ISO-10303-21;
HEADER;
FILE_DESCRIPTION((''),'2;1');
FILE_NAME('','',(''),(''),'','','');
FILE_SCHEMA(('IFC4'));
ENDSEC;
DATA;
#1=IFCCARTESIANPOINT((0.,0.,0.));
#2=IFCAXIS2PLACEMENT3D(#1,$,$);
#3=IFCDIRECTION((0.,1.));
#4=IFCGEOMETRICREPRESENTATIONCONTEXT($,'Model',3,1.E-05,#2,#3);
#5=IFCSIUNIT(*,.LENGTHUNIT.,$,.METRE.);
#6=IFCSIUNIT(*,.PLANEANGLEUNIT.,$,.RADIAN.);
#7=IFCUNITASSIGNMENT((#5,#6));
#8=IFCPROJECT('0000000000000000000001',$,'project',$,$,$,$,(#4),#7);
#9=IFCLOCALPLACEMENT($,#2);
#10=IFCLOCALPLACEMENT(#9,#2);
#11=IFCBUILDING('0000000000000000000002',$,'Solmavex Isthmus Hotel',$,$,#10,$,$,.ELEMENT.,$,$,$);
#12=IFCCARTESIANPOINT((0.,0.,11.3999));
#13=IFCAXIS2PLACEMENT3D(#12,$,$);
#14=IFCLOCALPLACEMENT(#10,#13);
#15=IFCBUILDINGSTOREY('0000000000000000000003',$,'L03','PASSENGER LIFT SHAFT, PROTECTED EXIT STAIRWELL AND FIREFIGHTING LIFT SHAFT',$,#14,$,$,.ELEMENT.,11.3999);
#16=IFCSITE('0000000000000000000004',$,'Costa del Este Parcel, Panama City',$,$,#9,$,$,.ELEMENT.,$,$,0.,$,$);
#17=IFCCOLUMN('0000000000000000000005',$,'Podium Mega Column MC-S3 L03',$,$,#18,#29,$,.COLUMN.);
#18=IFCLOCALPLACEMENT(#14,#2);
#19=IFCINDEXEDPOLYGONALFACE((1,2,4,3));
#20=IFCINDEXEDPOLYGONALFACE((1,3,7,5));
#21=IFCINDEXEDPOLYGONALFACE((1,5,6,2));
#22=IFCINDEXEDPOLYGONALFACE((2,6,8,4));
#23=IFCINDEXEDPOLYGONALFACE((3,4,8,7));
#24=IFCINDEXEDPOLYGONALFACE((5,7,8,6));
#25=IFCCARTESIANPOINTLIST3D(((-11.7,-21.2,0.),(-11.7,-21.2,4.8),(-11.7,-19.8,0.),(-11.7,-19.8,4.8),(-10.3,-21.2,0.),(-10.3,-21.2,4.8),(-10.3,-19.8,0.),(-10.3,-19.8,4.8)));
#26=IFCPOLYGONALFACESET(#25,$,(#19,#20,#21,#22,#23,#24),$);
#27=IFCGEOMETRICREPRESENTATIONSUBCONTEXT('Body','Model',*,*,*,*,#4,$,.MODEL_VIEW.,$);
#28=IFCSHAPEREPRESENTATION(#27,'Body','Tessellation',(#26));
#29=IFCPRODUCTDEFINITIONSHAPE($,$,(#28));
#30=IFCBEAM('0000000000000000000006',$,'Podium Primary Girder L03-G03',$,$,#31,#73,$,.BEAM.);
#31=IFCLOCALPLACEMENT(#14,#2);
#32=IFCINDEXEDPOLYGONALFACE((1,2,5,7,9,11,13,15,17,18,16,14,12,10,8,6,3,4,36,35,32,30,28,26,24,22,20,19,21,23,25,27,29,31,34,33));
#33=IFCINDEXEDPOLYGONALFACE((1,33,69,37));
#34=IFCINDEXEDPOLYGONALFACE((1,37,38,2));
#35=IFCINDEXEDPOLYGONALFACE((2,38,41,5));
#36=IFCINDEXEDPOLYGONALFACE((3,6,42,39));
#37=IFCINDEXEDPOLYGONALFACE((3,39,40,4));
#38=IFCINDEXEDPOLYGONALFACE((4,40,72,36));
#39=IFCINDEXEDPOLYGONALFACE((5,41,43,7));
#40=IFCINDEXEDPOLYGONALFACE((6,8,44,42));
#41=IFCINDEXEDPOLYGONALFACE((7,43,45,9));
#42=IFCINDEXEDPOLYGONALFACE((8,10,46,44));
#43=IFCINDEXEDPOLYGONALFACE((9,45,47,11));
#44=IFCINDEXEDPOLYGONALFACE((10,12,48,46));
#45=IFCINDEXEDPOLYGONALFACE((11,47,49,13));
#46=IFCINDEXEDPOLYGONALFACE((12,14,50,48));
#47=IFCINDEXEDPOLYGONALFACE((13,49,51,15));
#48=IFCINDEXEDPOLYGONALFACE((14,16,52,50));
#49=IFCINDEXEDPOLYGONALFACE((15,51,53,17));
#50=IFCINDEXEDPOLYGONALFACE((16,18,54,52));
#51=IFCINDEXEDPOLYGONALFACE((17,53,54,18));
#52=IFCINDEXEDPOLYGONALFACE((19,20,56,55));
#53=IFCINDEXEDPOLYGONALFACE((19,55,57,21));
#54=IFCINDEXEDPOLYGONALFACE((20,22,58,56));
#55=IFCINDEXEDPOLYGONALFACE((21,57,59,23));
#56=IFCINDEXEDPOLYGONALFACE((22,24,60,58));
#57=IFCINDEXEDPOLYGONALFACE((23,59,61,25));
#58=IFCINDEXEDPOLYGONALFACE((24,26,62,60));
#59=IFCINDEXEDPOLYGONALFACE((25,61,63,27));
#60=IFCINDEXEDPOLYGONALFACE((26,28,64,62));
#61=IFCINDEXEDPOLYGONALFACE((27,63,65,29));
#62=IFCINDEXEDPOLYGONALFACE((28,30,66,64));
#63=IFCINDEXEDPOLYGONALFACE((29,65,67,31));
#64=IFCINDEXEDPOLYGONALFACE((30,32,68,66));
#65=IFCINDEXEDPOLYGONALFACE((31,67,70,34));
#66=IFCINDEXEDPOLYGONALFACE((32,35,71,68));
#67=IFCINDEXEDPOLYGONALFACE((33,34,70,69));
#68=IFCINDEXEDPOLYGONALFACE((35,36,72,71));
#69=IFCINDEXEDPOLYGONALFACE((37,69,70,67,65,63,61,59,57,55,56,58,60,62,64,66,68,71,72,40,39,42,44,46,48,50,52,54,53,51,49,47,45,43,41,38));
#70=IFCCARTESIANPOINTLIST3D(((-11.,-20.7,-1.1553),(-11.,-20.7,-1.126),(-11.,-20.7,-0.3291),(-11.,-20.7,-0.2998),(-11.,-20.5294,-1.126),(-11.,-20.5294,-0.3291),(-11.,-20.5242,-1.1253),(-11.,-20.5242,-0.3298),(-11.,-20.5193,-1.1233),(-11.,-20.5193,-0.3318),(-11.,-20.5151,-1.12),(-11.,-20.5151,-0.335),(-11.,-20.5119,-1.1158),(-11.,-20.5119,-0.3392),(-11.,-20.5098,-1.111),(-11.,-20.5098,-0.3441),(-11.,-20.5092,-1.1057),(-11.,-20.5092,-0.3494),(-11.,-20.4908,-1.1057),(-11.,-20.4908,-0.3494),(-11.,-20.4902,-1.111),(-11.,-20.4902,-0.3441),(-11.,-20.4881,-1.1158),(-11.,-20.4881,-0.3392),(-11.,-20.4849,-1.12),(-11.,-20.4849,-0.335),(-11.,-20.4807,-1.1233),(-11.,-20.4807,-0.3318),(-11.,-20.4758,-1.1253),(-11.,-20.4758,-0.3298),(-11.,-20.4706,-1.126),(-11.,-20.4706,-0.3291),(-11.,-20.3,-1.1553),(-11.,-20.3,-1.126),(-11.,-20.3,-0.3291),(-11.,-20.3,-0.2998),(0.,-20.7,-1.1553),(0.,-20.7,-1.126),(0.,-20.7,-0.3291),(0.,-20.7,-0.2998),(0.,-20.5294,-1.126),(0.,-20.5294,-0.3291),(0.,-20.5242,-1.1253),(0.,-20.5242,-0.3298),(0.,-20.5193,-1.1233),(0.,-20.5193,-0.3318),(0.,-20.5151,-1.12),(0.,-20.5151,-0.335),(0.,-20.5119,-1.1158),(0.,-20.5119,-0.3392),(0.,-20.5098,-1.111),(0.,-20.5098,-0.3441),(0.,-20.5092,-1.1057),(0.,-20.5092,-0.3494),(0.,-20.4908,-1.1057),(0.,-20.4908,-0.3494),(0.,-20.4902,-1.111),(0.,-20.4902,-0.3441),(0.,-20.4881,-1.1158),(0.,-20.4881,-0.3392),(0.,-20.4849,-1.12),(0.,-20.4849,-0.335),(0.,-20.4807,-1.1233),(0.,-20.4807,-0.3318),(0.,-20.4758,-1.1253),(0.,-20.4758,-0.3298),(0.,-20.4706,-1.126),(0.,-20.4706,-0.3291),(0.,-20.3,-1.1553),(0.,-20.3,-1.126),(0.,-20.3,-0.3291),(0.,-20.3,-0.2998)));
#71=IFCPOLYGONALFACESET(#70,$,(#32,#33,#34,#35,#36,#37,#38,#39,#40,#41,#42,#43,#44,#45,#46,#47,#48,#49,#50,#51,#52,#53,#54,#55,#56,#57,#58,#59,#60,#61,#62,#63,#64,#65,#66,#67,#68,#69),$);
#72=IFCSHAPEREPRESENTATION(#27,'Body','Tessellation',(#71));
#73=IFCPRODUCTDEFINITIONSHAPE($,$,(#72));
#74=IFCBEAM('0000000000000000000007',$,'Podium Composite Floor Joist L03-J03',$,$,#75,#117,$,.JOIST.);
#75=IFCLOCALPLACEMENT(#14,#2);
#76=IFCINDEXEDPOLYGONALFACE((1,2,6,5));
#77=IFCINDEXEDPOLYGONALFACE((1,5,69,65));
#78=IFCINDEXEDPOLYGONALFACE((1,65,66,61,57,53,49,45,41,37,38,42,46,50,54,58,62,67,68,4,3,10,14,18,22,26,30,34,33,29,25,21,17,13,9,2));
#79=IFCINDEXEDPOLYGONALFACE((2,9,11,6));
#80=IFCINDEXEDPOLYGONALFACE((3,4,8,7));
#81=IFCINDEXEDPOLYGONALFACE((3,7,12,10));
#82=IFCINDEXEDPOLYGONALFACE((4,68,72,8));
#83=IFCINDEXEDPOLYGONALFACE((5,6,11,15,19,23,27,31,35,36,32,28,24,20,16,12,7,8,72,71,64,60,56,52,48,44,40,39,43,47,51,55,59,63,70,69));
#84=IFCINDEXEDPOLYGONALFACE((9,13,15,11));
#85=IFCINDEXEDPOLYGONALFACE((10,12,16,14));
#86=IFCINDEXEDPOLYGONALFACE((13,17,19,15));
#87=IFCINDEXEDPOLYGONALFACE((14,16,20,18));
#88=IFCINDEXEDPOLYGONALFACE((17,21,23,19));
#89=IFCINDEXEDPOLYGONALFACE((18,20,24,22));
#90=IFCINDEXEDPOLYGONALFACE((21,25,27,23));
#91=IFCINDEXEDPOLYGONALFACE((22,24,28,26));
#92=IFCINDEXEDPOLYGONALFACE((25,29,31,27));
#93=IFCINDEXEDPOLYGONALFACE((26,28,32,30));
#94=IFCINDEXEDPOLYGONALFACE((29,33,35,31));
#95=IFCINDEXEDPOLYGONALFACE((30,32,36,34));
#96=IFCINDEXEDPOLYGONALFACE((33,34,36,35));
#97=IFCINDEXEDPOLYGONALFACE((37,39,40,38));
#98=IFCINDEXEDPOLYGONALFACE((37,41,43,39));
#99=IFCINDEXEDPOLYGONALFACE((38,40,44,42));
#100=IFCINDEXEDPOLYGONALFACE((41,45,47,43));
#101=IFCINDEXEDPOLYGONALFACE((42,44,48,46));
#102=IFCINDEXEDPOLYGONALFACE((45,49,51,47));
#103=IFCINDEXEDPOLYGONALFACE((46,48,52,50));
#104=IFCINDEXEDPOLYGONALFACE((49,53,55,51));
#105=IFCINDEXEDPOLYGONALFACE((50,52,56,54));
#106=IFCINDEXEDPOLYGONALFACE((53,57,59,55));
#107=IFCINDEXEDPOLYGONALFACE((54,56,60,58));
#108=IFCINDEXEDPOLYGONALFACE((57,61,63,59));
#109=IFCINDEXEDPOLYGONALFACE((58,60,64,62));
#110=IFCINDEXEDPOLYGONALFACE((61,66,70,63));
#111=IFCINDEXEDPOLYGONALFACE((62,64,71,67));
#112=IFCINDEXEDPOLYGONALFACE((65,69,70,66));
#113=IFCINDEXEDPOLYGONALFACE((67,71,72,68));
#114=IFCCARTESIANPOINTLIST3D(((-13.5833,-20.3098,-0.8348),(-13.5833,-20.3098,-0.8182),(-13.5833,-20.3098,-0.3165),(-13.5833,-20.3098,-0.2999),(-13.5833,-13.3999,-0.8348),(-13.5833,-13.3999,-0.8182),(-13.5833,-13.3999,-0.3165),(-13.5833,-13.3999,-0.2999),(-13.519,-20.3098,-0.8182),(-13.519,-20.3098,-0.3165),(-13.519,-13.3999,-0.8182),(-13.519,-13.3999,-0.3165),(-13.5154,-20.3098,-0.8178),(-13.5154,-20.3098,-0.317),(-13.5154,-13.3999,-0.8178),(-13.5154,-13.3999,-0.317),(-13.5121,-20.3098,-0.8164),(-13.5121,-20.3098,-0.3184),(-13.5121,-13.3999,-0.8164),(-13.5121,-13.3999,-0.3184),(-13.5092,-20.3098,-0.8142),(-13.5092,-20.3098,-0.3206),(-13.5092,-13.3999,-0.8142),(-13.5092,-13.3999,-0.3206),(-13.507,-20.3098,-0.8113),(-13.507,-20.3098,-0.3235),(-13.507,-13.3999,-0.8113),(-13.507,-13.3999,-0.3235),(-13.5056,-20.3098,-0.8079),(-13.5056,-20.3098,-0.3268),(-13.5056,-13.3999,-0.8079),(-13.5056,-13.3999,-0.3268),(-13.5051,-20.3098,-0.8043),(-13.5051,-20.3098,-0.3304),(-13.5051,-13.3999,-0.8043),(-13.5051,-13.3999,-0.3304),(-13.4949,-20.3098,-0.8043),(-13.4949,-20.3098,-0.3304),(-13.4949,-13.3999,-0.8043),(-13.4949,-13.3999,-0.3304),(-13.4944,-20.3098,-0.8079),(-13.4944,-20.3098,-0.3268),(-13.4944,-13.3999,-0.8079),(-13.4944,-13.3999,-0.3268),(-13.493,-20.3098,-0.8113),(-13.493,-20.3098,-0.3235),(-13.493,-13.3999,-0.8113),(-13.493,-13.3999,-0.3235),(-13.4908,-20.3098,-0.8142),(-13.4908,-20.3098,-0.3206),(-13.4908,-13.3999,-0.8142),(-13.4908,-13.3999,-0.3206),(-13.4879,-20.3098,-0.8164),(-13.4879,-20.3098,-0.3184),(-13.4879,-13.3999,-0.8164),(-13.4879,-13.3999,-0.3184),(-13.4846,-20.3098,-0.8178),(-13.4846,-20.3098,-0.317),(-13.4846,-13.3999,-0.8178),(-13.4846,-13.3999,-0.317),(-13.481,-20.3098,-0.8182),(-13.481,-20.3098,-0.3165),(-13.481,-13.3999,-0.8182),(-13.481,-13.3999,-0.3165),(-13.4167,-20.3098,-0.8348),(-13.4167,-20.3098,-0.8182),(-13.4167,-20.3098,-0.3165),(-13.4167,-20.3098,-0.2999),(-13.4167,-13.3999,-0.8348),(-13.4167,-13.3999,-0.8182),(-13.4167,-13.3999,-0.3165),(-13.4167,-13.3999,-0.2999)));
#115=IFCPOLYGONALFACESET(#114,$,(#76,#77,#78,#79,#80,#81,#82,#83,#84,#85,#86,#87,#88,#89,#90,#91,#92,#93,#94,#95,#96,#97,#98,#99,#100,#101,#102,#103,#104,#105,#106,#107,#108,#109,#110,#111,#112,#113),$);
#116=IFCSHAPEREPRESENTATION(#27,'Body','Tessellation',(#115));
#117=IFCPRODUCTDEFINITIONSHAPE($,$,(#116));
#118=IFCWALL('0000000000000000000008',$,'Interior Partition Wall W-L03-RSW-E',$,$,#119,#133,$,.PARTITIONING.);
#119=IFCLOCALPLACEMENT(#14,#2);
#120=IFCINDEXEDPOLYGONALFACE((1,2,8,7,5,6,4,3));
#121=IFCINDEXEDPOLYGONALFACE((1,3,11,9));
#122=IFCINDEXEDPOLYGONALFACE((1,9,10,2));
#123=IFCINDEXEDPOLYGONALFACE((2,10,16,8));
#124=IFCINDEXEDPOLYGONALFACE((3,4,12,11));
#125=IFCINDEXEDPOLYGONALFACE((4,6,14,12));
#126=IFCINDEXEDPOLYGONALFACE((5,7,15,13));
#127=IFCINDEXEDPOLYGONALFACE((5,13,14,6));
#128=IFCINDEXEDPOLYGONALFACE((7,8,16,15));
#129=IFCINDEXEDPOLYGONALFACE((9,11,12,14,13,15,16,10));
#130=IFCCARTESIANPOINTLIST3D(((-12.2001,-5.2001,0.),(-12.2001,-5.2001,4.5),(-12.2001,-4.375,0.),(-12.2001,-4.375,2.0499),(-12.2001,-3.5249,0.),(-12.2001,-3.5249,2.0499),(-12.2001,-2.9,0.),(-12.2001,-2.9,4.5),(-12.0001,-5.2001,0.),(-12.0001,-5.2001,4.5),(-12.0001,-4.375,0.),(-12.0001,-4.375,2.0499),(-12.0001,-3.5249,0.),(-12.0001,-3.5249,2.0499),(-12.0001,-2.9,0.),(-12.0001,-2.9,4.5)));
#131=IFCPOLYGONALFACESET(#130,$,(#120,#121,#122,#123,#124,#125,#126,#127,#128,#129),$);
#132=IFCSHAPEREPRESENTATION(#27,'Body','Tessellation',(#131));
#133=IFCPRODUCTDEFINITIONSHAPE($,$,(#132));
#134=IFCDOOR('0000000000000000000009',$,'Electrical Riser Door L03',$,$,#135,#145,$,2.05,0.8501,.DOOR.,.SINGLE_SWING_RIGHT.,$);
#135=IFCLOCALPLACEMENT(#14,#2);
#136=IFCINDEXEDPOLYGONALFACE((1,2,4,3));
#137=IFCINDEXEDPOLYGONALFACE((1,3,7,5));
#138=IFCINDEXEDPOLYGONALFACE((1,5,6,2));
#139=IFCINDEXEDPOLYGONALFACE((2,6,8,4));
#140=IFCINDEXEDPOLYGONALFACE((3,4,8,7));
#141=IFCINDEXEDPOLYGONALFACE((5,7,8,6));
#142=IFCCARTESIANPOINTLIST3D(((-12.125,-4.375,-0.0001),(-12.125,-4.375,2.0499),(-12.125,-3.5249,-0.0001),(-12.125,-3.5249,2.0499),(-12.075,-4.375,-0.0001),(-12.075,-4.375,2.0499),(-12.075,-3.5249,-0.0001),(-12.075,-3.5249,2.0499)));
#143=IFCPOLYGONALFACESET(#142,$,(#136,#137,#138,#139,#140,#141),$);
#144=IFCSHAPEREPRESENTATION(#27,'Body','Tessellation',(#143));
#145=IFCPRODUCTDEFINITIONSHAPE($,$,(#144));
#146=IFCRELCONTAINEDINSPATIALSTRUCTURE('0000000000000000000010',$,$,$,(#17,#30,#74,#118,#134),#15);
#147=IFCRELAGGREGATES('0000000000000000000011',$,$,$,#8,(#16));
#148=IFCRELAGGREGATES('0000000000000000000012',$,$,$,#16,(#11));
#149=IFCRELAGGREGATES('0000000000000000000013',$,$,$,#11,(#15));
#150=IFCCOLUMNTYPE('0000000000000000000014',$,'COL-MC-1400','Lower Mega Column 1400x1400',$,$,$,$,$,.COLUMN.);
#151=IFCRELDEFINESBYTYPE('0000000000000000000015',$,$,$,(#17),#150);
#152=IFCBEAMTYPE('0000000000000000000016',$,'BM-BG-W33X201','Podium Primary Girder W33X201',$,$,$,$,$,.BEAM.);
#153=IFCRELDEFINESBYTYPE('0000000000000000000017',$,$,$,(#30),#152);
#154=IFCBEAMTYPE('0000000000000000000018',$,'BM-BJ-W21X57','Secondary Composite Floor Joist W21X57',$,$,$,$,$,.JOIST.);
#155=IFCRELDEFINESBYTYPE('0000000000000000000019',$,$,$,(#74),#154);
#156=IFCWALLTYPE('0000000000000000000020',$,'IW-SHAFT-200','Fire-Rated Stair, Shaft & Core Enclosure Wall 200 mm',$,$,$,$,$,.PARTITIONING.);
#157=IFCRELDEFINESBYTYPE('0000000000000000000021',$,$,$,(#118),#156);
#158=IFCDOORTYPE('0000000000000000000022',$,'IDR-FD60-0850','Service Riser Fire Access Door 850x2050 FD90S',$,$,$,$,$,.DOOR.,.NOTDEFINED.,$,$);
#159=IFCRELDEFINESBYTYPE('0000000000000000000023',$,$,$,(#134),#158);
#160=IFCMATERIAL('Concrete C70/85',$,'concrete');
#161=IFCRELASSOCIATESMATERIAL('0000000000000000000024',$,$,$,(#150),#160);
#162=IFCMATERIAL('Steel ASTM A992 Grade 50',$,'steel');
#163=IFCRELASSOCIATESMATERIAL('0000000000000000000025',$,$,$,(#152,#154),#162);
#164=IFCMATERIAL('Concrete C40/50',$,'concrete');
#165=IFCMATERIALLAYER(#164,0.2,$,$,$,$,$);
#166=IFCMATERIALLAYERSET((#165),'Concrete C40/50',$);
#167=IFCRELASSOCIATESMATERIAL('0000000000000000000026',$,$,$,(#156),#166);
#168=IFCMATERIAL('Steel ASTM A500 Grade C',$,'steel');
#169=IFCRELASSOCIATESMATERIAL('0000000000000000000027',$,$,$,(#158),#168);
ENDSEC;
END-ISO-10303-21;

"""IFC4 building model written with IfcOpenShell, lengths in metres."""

from ifc_helpers import new_model, si_unit, direction, frame, frame_2d, origin, origin_2d, place, context, subcontext, project, spatial, rectangle, i_section, extrude, material, layer, layer_set, material_profile, profile_set, type_object, element, fill, save


model = new_model("IFC4")

# Units and contexts
model_context = context("Model", 3, precision=1e-05, world=origin(), true_north=direction((0.0, 1.0)))
body_context = subcontext(model_context, "Body", "Model", "MODEL_VIEW")
ifc_project = project(units=[si_unit("LENGTHUNIT", "METRE"), si_unit("PLANEANGLEUNIT", "RADIAN")], contexts=[model_context])

# Site, building, storey
site_placement = place(None, origin())
site = spatial("IfcSite", under=ifc_project, at=site_placement, Name="Costa del Este Parcel, Panama City", CompositionType="ELEMENT", RefElevation=0.0)
building_placement = place(site_placement, origin())
building = spatial("IfcBuilding", under=site, at=building_placement, Name="Solmavex Isthmus Hotel", CompositionType="ELEMENT")
storey_placement = place(building_placement, frame((0.0, 0.0, 11.3999)))
storey = spatial("IfcBuildingStorey", under=building, at=storey_placement, Name="L03", Description="PASSENGER LIFT SHAFT, PROTECTED EXIT STAIRWELL AND FIREFIGHTING LIFT SHAFT", CompositionType="ELEMENT", Elevation=11.3999)

# Column
ifc_material_1 = material(Name="Concrete C70/85", Category="concrete")
ifc_material_profile_1 = material_profile(ifc_material_1, rectangle(XDim=1.3999, YDim=1.3999, at=origin_2d()), Name="RC1400X1400")
ifc_profile_set_1 = profile_set([ifc_material_profile_1], Name="Concrete C70/85")
column_type = type_object("IfcColumnType", Name="COL-MC-1400", Description="Lower Mega Column 1400x1400", PredefinedType="COLUMN", material=ifc_profile_set_1)
column_placement = place(storey_placement, frame((-11.0, -20.5, 0.0), z_axis=(0.0, 0.0, 1.0), x_axis=(1.0, 0.0, 0.0)))
element("IfcColumn", 1, at=column_placement, inside=storey, type_object=column_type, Name="Podium Mega Column MC-S3 L03", PredefinedType="COLUMN", context=body_context, shape_type="SweptSolid", body=[
    extrude(rectangle(XDim=1.3999, YDim=1.3999, at=origin_2d()), origin(), (0.0, 0.0, 1.0), 4.8),
])

# Beams
ifc_material_2 = material(Name="Steel ASTM A992 Grade 50", Category="steel")
ifc_material_profile_2 = material_profile(ifc_material_2, i_section(OverallWidth=0.3999, OverallDepth=0.8555, WebThickness=0.0183, FlangeThickness=0.0293, FilletRadius=0.0203, at=origin_2d()), Name="W33X201")
ifc_profile_set_2 = profile_set([ifc_material_profile_2], Name="Steel ASTM A992 Grade 50")
beam_type_1 = type_object("IfcBeamType", Name="BM-BG-W33X201", Description="Podium Primary Girder W33X201", PredefinedType="BEAM", material=ifc_profile_set_2)
beam_1_placement = place(storey_placement, frame((-11.0, -20.5, -0.7275), z_axis=(1.0, 0.0, 0.0), x_axis=(0.0, 1.0, 0.0)))
element("IfcBeam", 2, at=beam_1_placement, inside=storey, type_object=beam_type_1, Name="Podium Primary Girder L03-G03", PredefinedType="BEAM", context=body_context, shape_type="SweptSolid", body=[
    extrude(i_section(OverallWidth=0.3999, OverallDepth=0.8555, WebThickness=0.0183, FlangeThickness=0.0293, FilletRadius=0.0203, at=origin_2d()), origin(), (0.0, 0.0, 1.0), 11.0),
])
ifc_material_profile_3 = material_profile(ifc_material_2, i_section(OverallWidth=0.1665, OverallDepth=0.5349, WebThickness=0.0103, FlangeThickness=0.0166, FilletRadius=0.0139, at=origin_2d()), Name="W21X57")
ifc_profile_set_3 = profile_set([ifc_material_profile_3], Name="Steel ASTM A992 Grade 50")
beam_type_2 = type_object("IfcBeamType", Name="BM-BJ-W21X57", Description="Secondary Composite Floor Joist W21X57", PredefinedType="JOIST", material=ifc_profile_set_3)
beam_2_placement = place(storey_placement, frame((-13.5, -20.3098, -0.5674), z_axis=(0.0, 1.0, 0.0), x_axis=(-1.0, 0.0, 0.0)))
element("IfcBeam", 3, at=beam_2_placement, inside=storey, type_object=beam_type_2, Name="Podium Composite Floor Joist L03-J03", PredefinedType="JOIST", context=body_context, shape_type="SweptSolid", body=[
    extrude(i_section(OverallWidth=0.1665, OverallDepth=0.5349, WebThickness=0.0103, FlangeThickness=0.0166, FilletRadius=0.0139, at=origin_2d()), origin(), (0.0, 0.0, 1.0), 6.9099),
])

# Wall, opening, door
ifc_material_3 = material(Name="Concrete C40/50", Category="concrete")
ifc_layer_1 = layer(ifc_material_3, 0.2)
ifc_layer_set_1 = layer_set([ifc_layer_1], Name="Concrete C40/50")
wall_type_1 = type_object("IfcWallType", Name="IW-SHAFT-200", Description="Fire-Rated Stair, Shaft & Core Enclosure Wall 200 mm", PredefinedType="PARTITIONING", material=ifc_layer_set_1)
wall_1_placement = place(storey_placement, frame((-12.1001, -5.2, 0.0), z_axis=(0.0, 0.0, 1.0), x_axis=(0.0, 1.0, 0.0)))
wall_1 = element("IfcWall", 4, at=wall_1_placement, inside=storey, type_object=wall_type_1, Name="Interior Partition Wall W-L03-RSW-E", PredefinedType="PARTITIONING", context=body_context, shape_type="SweptSolid", body=[
    extrude(rectangle(XDim=2.3, YDim=0.2, at=frame_2d((1.1499, 0.0))), origin(), (0.0, 0.0, 1.0), 4.5),
])
opening_1_placement = place(wall_1_placement, frame((0.825, 0.0, 0.0)))
opening_1 = element("IfcOpeningElement", 5, at=opening_1_placement, cuts=wall_1, PredefinedType="OPENING", context=body_context, shape_type="SweptSolid", body=[
    extrude(rectangle(XDim=0.8501, YDim=2.05, at=frame_2d((0.425, 1.0249))), frame((0.0, 0.1099, 0.0), z_axis=(0.0, -1.0, 0.0), x_axis=(1.0, 0.0, 0.0)), (0.0, 0.0, 1.0), 0.22),
])
ifc_material_4 = material(Name="Steel ASTM A500 Grade C", Category="steel")
door_type_1 = type_object("IfcDoorType", Name="IDR-FD60-0850", Description="Service Riser Fire Access Door 850x2050 FD90S", OperationType="NOTDEFINED", PredefinedType="DOOR", material=ifc_material_4)
door_1_placement = place(opening_1_placement, origin())
door_1 = element("IfcDoor", 6, at=door_1_placement, inside=storey, type_object=door_type_1, Name="Electrical Riser Door L03", OperationType="SINGLE_SWING_RIGHT", OverallHeight=2.05, OverallWidth=0.8501, PredefinedType="DOOR", context=body_context, shape_type="SweptSolid", body=[
    extrude(rectangle(XDim=0.8501, YDim=2.05, at=frame_2d((0.425, 1.0249))), frame((0.0, 0.0249, 0.0), z_axis=(0.0, -1.0, 0.0), x_axis=(1.0, 0.0, 0.0)), (0.0, 0.0, 1.0), 0.05),
])
fill(opening_1, door_1)

save(model, "model.ifc")
